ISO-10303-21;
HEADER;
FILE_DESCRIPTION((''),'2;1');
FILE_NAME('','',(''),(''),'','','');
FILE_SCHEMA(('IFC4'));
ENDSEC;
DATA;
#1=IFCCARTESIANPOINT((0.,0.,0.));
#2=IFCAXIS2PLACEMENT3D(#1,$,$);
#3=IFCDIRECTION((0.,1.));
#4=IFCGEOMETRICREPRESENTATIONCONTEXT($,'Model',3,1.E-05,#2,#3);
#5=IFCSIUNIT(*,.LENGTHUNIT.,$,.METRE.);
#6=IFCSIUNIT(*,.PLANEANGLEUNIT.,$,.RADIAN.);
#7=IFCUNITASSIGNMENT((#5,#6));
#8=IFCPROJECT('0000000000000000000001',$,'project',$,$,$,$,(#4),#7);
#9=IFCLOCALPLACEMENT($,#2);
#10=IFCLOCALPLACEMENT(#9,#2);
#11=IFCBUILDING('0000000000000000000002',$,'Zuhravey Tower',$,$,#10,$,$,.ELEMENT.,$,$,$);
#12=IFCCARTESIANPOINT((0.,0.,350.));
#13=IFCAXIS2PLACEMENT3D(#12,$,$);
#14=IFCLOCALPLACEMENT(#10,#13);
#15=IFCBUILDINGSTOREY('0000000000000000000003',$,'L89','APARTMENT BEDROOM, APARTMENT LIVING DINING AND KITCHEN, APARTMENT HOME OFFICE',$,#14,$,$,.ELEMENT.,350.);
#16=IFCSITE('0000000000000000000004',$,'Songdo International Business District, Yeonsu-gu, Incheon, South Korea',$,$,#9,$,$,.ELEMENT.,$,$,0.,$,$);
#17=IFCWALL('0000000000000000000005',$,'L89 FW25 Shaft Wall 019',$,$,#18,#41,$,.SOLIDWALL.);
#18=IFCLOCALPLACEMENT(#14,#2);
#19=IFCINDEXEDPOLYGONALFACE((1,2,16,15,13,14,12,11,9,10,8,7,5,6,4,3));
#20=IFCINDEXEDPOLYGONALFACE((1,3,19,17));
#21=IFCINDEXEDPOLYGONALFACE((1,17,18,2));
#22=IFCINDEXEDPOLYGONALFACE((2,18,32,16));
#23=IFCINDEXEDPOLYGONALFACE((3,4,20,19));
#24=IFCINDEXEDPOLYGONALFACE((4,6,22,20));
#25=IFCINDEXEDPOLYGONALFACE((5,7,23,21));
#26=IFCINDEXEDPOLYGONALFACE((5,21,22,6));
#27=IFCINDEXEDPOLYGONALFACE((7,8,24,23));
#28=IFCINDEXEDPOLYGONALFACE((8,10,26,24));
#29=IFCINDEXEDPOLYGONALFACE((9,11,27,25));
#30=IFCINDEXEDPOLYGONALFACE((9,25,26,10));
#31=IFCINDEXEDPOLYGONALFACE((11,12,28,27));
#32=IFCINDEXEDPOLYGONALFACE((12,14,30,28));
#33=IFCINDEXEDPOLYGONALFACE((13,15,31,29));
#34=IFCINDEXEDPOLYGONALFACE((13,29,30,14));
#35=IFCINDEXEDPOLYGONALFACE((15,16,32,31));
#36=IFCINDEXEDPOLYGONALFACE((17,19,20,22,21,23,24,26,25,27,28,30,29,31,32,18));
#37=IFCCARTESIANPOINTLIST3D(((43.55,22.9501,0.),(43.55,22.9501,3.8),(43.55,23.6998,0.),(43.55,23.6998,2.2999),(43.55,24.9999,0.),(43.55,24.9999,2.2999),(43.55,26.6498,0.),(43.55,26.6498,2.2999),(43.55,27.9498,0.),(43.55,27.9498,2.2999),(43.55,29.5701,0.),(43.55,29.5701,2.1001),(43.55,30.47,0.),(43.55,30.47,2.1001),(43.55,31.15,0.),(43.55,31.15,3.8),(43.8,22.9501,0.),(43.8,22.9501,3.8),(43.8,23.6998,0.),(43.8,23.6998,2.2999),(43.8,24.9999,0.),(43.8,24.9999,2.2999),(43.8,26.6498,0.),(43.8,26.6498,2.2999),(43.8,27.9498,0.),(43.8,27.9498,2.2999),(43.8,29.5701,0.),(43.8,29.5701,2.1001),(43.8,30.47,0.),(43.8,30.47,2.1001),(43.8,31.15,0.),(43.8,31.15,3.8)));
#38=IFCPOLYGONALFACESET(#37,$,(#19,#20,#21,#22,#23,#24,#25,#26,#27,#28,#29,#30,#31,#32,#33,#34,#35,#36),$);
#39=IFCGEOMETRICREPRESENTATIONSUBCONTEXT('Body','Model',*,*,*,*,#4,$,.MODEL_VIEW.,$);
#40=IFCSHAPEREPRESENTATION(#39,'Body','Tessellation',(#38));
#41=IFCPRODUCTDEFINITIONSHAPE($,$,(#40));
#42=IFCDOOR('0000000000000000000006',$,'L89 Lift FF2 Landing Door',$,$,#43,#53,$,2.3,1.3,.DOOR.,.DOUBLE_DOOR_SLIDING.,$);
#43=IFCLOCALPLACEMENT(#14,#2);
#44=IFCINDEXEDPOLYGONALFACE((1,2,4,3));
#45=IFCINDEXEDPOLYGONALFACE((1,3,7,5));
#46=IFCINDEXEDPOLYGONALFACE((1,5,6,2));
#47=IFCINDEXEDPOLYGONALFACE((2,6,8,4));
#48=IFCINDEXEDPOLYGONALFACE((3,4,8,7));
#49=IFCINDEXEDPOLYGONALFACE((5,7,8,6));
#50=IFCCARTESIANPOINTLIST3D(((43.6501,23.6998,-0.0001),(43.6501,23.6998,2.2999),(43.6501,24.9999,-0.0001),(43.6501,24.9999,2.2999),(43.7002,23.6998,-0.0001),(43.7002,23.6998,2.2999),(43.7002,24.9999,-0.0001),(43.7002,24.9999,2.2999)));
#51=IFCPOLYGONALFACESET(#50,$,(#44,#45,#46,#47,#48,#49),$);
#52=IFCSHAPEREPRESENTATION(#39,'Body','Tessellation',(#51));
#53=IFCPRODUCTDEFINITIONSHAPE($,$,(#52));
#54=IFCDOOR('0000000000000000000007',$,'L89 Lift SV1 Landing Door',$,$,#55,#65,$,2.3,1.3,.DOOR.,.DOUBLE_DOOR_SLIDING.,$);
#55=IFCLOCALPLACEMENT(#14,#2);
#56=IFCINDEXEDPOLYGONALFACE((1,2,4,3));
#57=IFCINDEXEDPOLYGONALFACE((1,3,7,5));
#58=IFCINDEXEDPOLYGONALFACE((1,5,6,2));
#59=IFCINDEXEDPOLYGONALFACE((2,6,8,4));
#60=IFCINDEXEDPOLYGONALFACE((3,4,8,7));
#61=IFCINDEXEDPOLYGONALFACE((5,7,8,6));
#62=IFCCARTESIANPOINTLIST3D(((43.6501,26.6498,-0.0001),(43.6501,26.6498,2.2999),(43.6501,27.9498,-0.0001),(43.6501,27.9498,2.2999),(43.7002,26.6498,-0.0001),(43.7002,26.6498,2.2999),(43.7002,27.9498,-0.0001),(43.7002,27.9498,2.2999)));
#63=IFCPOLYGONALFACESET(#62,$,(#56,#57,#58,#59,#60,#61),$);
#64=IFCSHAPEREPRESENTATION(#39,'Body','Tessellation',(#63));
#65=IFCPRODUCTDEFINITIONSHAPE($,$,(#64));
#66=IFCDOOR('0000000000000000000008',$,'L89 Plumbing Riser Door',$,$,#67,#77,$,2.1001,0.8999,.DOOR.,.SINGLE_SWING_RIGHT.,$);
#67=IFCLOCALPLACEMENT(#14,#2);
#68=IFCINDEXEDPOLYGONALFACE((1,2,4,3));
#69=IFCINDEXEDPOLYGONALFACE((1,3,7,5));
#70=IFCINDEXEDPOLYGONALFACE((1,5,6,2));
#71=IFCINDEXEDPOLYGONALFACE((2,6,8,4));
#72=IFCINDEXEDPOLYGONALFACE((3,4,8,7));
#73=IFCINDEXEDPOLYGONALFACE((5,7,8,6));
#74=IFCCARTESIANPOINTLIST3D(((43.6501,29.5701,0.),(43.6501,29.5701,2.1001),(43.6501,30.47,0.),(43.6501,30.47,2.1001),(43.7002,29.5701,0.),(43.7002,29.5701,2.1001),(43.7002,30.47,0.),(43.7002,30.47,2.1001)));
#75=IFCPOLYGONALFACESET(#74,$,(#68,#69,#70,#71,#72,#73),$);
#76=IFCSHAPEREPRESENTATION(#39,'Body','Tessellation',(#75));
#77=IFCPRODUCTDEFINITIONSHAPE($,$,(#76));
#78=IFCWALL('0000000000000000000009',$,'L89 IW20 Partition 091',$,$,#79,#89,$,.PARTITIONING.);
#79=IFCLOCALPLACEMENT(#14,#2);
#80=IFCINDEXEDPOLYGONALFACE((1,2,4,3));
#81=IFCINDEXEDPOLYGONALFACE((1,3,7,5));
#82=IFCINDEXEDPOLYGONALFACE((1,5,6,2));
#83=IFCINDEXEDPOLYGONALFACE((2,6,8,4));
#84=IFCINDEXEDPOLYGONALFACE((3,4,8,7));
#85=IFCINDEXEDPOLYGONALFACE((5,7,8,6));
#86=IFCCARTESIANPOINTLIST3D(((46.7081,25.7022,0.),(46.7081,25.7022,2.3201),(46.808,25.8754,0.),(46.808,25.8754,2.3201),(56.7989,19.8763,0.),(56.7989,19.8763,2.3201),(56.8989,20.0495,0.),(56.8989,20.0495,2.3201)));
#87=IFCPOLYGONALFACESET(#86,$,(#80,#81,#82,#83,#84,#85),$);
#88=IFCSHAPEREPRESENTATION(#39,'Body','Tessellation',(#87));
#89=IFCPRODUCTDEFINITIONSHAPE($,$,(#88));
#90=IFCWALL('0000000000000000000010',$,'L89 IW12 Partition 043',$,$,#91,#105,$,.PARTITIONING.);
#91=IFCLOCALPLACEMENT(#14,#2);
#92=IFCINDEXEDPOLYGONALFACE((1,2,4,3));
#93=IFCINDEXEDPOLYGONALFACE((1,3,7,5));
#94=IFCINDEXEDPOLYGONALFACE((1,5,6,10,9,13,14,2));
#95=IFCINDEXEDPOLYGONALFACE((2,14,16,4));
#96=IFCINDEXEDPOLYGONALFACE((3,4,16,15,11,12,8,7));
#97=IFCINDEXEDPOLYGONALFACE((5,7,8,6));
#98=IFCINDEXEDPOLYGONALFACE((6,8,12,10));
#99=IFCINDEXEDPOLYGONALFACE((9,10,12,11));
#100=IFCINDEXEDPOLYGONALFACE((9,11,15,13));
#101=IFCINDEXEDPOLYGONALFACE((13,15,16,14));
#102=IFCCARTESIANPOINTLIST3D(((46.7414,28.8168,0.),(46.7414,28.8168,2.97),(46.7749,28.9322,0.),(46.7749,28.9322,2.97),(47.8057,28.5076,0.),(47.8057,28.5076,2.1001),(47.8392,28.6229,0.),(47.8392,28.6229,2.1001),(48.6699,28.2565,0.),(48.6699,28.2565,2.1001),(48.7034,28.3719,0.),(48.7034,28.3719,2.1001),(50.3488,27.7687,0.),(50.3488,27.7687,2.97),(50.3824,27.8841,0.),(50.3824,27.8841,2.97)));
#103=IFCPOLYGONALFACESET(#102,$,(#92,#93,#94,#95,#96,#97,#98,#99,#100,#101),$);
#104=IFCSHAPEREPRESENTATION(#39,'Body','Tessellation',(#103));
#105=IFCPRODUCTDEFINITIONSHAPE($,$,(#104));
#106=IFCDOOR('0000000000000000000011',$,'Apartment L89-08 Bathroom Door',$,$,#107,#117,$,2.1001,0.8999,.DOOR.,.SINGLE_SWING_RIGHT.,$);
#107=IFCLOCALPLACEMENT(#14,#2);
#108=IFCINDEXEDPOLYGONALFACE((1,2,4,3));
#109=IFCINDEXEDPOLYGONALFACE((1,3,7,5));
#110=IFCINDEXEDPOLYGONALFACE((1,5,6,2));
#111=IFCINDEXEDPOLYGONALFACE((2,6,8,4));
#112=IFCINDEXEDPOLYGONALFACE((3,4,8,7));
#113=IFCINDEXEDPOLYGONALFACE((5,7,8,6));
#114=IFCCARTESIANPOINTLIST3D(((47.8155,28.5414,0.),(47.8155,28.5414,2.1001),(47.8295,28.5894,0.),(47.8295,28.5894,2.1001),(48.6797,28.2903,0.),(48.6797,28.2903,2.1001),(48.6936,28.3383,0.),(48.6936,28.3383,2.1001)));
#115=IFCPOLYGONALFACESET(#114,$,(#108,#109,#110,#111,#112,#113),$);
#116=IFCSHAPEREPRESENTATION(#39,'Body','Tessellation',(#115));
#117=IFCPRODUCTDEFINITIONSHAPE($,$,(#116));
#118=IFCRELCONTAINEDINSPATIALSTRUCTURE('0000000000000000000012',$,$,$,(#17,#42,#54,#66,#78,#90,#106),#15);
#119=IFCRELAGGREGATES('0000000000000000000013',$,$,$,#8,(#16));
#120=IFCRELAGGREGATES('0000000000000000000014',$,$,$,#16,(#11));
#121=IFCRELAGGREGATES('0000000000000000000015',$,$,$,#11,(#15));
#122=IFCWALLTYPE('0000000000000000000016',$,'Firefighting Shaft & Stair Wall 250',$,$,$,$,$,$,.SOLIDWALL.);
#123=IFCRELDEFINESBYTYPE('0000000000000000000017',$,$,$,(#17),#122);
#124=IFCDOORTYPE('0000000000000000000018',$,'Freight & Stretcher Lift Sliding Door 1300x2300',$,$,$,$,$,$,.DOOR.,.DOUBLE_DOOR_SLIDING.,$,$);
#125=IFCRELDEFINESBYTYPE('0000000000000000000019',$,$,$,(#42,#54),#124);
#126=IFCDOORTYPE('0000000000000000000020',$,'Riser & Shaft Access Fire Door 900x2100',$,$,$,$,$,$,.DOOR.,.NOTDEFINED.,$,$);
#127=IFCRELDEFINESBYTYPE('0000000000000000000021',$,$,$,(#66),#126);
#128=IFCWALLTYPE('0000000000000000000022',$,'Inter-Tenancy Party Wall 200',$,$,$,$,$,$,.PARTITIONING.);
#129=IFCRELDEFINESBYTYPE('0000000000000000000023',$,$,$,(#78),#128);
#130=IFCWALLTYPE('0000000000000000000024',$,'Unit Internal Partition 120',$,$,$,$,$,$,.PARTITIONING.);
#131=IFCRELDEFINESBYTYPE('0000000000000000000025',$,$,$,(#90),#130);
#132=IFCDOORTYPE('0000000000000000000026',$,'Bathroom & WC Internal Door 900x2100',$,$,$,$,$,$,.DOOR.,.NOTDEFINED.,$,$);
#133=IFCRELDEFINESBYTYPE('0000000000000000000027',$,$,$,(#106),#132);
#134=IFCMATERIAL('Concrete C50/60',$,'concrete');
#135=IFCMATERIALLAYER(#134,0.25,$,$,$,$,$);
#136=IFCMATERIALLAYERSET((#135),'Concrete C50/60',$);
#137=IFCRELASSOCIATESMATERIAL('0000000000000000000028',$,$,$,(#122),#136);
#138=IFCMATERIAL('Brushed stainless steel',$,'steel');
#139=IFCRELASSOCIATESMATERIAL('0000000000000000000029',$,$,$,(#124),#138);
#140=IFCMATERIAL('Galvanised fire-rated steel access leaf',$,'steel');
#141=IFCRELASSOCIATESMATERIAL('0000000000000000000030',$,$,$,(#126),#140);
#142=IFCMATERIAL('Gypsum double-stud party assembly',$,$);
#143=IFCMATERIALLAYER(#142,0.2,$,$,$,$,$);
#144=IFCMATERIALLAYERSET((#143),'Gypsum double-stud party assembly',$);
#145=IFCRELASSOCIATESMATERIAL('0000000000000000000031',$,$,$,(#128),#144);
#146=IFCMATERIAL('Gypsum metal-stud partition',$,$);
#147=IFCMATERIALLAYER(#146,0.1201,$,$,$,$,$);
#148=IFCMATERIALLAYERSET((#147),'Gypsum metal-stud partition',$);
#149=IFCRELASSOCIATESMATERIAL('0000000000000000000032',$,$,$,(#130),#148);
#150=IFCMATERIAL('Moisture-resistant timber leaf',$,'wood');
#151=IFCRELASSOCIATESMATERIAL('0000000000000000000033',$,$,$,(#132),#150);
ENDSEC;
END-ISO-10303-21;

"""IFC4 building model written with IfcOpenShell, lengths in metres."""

from ifc_helpers import new_model, si_unit, direction, frame, frame_2d, origin, place, context, subcontext, project, spatial, rectangle, extrude, material, layer, layer_set, type_object, element, fill, save


model = new_model("IFC4")

# Units and contexts
model_context = context("Model", 3, precision=1e-05, world=origin(), true_north=direction((0.0, 1.0)))
body_context = subcontext(model_context, "Body", "Model", "MODEL_VIEW")
ifc_project = project(units=[si_unit("LENGTHUNIT", "METRE"), si_unit("PLANEANGLEUNIT", "RADIAN")], contexts=[model_context])

# Site, building, storey
site_placement = place(None, origin())
site = spatial("IfcSite", under=ifc_project, at=site_placement, Name="Songdo International Business District, Yeonsu-gu, Incheon, South Korea", CompositionType="ELEMENT", RefElevation=0.0)
building_placement = place(site_placement, origin())
building = spatial("IfcBuilding", under=site, at=building_placement, Name="Zuhravey Tower", CompositionType="ELEMENT")
storey_placement = place(building_placement, frame((0.0, 0.0, 350.0)))
storey = spatial("IfcBuildingStorey", under=building, at=storey_placement, Name="L89", Description="APARTMENT BEDROOM, APARTMENT LIVING DINING AND KITCHEN, APARTMENT HOME OFFICE", CompositionType="ELEMENT", Elevation=350.0)

# Shared definitions
ifc_material_1 = material(Name="Concrete C50/60", Category="concrete")

# Shared definitions
ifc_layer_1 = layer(ifc_material_1, 0.25)
ifc_layer_set_1 = layer_set([ifc_layer_1], Name="Concrete C50/60")
wall_type_1 = type_object("IfcWallType", Name="Firefighting Shaft & Stair Wall 250", PredefinedType="SOLIDWALL", material=ifc_layer_set_1)

# Wall, openings, doors
wall_1_placement = place(storey_placement, frame((43.675, 22.95, 0.0), z_axis=(0.0, 0.0, 1.0), x_axis=(0.0, 1.0, 0.0)))
wall_1 = element("IfcWall", 1, at=wall_1_placement, inside=storey, type_object=wall_type_1, Name="L89 FW25 Shaft Wall 019", PredefinedType="SOLIDWALL", context=body_context, shape_type="SweptSolid", body=[
    extrude(rectangle(XDim=8.2, YDim=0.25, at=frame_2d((4.1001, 0.0))), origin(), (0.0, 0.0, 1.0), 3.8),
])
opening_1_placement = place(wall_1_placement, frame((0.75, 0.0, 0.0)))
opening_1 = element("IfcOpeningElement", 2, at=opening_1_placement, cuts=wall_1, PredefinedType="OPENING", context=body_context, shape_type="SweptSolid", body=[
    extrude(rectangle(XDim=1.3, YDim=2.3, at=frame_2d((0.6499, 1.1499))), frame((0.0, 0.137, 0.0), z_axis=(0.0, -1.0, 0.0), x_axis=(1.0, 0.0, 0.0)), (0.0, 0.0, 1.0), 0.2739),
])
opening_2_placement = place(wall_1_placement, frame((3.7, 0.0, 0.0)))
opening_2 = element("IfcOpeningElement", 3, at=opening_2_placement, cuts=wall_1, PredefinedType="OPENING", context=body_context, shape_type="SweptSolid", body=[
    extrude(rectangle(XDim=1.3, YDim=2.3, at=frame_2d((0.6499, 1.1499))), frame((0.0, 0.137, 0.0), z_axis=(0.0, -1.0, 0.0), x_axis=(1.0, 0.0, 0.0)), (0.0, 0.0, 1.0), 0.2739),
])
opening_3_placement = place(wall_1_placement, frame((6.6201, 0.0, 0.0)))
opening_3 = element("IfcOpeningElement", 4, at=opening_3_placement, cuts=wall_1, PredefinedType="OPENING", context=body_context, shape_type="SweptSolid", body=[
    extrude(rectangle(XDim=0.8999, YDim=2.1001, at=frame_2d((0.45, 1.05))), frame((0.0, 0.137, 0.0), z_axis=(0.0, -1.0, 0.0), x_axis=(1.0, 0.0, 0.0)), (0.0, 0.0, 1.0), 0.2739),
])
ifc_material_2 = material(Name="Brushed stainless steel", Category="steel")
door_type_1 = type_object("IfcDoorType", Name="Freight & Stretcher Lift Sliding Door 1300x2300", OperationType="DOUBLE_DOOR_SLIDING", PredefinedType="DOOR", material=ifc_material_2)
door_1_placement = place(opening_1_placement, origin())
door_1 = element("IfcDoor", 5, at=door_1_placement, inside=storey, type_object=door_type_1, Name="L89 Lift FF2 Landing Door", OperationType="DOUBLE_DOOR_SLIDING", OverallHeight=2.3, OverallWidth=1.3, PredefinedType="DOOR", context=body_context, shape_type="SweptSolid", body=[
    extrude(rectangle(XDim=1.3, YDim=2.3, at=frame_2d((0.6499, 1.1499))), frame((0.0, 0.0249, 0.0), z_axis=(0.0, -1.0, 0.0), x_axis=(1.0, 0.0, 0.0)), (0.0, 0.0, 1.0), 0.05),
])
fill(opening_1, door_1)
door_2_placement = place(opening_2_placement, origin())
door_2 = element("IfcDoor", 6, at=door_2_placement, inside=storey, type_object=door_type_1, Name="L89 Lift SV1 Landing Door", OperationType="DOUBLE_DOOR_SLIDING", OverallHeight=2.3, OverallWidth=1.3, PredefinedType="DOOR", context=body_context, shape_type="SweptSolid", body=[
    extrude(rectangle(XDim=1.3, YDim=2.3, at=frame_2d((0.6499, 1.1499))), frame((0.0, 0.0249, 0.0), z_axis=(0.0, -1.0, 0.0), x_axis=(1.0, 0.0, 0.0)), (0.0, 0.0, 1.0), 0.05),
])
fill(opening_2, door_2)
ifc_material_3 = material(Name="Galvanised fire-rated steel access leaf", Category="steel")
door_type_2 = type_object("IfcDoorType", Name="Riser & Shaft Access Fire Door 900x2100", OperationType="NOTDEFINED", PredefinedType="DOOR", material=ifc_material_3)
door_3_placement = place(opening_3_placement, origin())
door_3 = element("IfcDoor", 7, at=door_3_placement, inside=storey, type_object=door_type_2, Name="L89 Plumbing Riser Door", OperationType="SINGLE_SWING_RIGHT", OverallHeight=2.1001, OverallWidth=0.8999, PredefinedType="DOOR", context=body_context, shape_type="SweptSolid", body=[
    extrude(rectangle(XDim=0.8999, YDim=2.1001, at=frame_2d((0.45, 1.05))), frame((0.0, 0.0249, 0.0), z_axis=(0.0, -1.0, 0.0), x_axis=(1.0, 0.0, 0.0)), (0.0, 0.0, 1.0), 0.05),
])
fill(opening_3, door_3)

# Wall
ifc_material_4 = material(Name="Gypsum double-stud party assembly")
ifc_layer_2 = layer(ifc_material_4, 0.2)
ifc_layer_set_2 = layer_set([ifc_layer_2], Name="Gypsum double-stud party assembly")
wall_type_2 = type_object("IfcWallType", Name="Inter-Tenancy Party Wall 200", PredefinedType="PARTITIONING", material=ifc_layer_set_2)
wall_2_placement = place(storey_placement, frame((46.7581, 25.7888, 0.0), z_axis=(0.0, 0.0, 1.0), x_axis=(0.866026, -0.499999, 0.0)))
element("IfcWall", 8, at=wall_2_placement, inside=storey, type_object=wall_type_2, Name="L89 IW20 Partition 091", PredefinedType="PARTITIONING", context=body_context, shape_type="SweptSolid", body=[
    extrude(rectangle(XDim=11.6519, YDim=0.2, at=frame_2d((5.8259, 0.0))), origin(), (0.0, 0.0, 1.0), 2.3201),
])

# Wall, opening, door
ifc_material_5 = material(Name="Gypsum metal-stud partition")
ifc_layer_3 = layer(ifc_material_5, 0.1201)
ifc_layer_set_3 = layer_set([ifc_layer_3], Name="Gypsum metal-stud partition")
wall_type_3 = type_object("IfcWallType", Name="Unit Internal Partition 120", PredefinedType="PARTITIONING", material=ifc_layer_set_3)
wall_3_placement = place(storey_placement, frame((46.7581, 28.8745, 0.0), z_axis=(0.0, 0.0, 1.0), x_axis=(0.960291, -0.279002, 0.0)))
wall_3 = element("IfcWall", 9, at=wall_3_placement, inside=storey, type_object=wall_type_3, Name="L89 IW12 Partition 043", PredefinedType="PARTITIONING", context=body_context, shape_type="SweptSolid", body=[
    extrude(rectangle(XDim=3.7566, YDim=0.1201, at=frame_2d((1.8784, 0.0))), origin(), (0.0, 0.0, 1.0), 2.97),
])
opening_4_placement = place(wall_3_placement, frame((1.1084, 0.0, 0.0)))
opening_4 = element("IfcOpeningElement", 10, at=opening_4_placement, cuts=wall_3, PredefinedType="OPENING", context=body_context, shape_type="SweptSolid", body=[
    extrude(rectangle(XDim=0.8999, YDim=2.1001, at=frame_2d((0.45, 1.05))), frame((0.0, 0.072, 0.0), z_axis=(0.0, -1.0, 0.0), x_axis=(1.0, 0.0, 0.0)), (0.0, 0.0, 1.0), 0.144),
])
ifc_material_6 = material(Name="Moisture-resistant timber leaf", Category="wood")
door_type_3 = type_object("IfcDoorType", Name="Bathroom & WC Internal Door 900x2100", OperationType="NOTDEFINED", PredefinedType="DOOR", material=ifc_material_6)
door_4_placement = place(opening_4_placement, frame((0.8999, 0.0, 0.0), z_axis=(0.0, 0.0, 1.0), x_axis=(-1.0, 0.0, 0.0)))
door_4 = element("IfcDoor", 11, at=door_4_placement, inside=storey, type_object=door_type_3, Name="Apartment L89-08 Bathroom Door", OperationType="SINGLE_SWING_RIGHT", OverallHeight=2.1001, OverallWidth=0.8999, PredefinedType="DOOR", context=body_context, shape_type="SweptSolid", body=[
    extrude(rectangle(XDim=0.8999, YDim=2.1001, at=frame_2d((0.45, 1.05))), frame((0.0, 0.0249, 0.0), z_axis=(0.0, -1.0, 0.0), x_axis=(1.0, 0.0, 0.0)), (0.0, 0.0, 1.0), 0.05),
])
fill(opening_4, door_4)

save(model, "model.ifc")
